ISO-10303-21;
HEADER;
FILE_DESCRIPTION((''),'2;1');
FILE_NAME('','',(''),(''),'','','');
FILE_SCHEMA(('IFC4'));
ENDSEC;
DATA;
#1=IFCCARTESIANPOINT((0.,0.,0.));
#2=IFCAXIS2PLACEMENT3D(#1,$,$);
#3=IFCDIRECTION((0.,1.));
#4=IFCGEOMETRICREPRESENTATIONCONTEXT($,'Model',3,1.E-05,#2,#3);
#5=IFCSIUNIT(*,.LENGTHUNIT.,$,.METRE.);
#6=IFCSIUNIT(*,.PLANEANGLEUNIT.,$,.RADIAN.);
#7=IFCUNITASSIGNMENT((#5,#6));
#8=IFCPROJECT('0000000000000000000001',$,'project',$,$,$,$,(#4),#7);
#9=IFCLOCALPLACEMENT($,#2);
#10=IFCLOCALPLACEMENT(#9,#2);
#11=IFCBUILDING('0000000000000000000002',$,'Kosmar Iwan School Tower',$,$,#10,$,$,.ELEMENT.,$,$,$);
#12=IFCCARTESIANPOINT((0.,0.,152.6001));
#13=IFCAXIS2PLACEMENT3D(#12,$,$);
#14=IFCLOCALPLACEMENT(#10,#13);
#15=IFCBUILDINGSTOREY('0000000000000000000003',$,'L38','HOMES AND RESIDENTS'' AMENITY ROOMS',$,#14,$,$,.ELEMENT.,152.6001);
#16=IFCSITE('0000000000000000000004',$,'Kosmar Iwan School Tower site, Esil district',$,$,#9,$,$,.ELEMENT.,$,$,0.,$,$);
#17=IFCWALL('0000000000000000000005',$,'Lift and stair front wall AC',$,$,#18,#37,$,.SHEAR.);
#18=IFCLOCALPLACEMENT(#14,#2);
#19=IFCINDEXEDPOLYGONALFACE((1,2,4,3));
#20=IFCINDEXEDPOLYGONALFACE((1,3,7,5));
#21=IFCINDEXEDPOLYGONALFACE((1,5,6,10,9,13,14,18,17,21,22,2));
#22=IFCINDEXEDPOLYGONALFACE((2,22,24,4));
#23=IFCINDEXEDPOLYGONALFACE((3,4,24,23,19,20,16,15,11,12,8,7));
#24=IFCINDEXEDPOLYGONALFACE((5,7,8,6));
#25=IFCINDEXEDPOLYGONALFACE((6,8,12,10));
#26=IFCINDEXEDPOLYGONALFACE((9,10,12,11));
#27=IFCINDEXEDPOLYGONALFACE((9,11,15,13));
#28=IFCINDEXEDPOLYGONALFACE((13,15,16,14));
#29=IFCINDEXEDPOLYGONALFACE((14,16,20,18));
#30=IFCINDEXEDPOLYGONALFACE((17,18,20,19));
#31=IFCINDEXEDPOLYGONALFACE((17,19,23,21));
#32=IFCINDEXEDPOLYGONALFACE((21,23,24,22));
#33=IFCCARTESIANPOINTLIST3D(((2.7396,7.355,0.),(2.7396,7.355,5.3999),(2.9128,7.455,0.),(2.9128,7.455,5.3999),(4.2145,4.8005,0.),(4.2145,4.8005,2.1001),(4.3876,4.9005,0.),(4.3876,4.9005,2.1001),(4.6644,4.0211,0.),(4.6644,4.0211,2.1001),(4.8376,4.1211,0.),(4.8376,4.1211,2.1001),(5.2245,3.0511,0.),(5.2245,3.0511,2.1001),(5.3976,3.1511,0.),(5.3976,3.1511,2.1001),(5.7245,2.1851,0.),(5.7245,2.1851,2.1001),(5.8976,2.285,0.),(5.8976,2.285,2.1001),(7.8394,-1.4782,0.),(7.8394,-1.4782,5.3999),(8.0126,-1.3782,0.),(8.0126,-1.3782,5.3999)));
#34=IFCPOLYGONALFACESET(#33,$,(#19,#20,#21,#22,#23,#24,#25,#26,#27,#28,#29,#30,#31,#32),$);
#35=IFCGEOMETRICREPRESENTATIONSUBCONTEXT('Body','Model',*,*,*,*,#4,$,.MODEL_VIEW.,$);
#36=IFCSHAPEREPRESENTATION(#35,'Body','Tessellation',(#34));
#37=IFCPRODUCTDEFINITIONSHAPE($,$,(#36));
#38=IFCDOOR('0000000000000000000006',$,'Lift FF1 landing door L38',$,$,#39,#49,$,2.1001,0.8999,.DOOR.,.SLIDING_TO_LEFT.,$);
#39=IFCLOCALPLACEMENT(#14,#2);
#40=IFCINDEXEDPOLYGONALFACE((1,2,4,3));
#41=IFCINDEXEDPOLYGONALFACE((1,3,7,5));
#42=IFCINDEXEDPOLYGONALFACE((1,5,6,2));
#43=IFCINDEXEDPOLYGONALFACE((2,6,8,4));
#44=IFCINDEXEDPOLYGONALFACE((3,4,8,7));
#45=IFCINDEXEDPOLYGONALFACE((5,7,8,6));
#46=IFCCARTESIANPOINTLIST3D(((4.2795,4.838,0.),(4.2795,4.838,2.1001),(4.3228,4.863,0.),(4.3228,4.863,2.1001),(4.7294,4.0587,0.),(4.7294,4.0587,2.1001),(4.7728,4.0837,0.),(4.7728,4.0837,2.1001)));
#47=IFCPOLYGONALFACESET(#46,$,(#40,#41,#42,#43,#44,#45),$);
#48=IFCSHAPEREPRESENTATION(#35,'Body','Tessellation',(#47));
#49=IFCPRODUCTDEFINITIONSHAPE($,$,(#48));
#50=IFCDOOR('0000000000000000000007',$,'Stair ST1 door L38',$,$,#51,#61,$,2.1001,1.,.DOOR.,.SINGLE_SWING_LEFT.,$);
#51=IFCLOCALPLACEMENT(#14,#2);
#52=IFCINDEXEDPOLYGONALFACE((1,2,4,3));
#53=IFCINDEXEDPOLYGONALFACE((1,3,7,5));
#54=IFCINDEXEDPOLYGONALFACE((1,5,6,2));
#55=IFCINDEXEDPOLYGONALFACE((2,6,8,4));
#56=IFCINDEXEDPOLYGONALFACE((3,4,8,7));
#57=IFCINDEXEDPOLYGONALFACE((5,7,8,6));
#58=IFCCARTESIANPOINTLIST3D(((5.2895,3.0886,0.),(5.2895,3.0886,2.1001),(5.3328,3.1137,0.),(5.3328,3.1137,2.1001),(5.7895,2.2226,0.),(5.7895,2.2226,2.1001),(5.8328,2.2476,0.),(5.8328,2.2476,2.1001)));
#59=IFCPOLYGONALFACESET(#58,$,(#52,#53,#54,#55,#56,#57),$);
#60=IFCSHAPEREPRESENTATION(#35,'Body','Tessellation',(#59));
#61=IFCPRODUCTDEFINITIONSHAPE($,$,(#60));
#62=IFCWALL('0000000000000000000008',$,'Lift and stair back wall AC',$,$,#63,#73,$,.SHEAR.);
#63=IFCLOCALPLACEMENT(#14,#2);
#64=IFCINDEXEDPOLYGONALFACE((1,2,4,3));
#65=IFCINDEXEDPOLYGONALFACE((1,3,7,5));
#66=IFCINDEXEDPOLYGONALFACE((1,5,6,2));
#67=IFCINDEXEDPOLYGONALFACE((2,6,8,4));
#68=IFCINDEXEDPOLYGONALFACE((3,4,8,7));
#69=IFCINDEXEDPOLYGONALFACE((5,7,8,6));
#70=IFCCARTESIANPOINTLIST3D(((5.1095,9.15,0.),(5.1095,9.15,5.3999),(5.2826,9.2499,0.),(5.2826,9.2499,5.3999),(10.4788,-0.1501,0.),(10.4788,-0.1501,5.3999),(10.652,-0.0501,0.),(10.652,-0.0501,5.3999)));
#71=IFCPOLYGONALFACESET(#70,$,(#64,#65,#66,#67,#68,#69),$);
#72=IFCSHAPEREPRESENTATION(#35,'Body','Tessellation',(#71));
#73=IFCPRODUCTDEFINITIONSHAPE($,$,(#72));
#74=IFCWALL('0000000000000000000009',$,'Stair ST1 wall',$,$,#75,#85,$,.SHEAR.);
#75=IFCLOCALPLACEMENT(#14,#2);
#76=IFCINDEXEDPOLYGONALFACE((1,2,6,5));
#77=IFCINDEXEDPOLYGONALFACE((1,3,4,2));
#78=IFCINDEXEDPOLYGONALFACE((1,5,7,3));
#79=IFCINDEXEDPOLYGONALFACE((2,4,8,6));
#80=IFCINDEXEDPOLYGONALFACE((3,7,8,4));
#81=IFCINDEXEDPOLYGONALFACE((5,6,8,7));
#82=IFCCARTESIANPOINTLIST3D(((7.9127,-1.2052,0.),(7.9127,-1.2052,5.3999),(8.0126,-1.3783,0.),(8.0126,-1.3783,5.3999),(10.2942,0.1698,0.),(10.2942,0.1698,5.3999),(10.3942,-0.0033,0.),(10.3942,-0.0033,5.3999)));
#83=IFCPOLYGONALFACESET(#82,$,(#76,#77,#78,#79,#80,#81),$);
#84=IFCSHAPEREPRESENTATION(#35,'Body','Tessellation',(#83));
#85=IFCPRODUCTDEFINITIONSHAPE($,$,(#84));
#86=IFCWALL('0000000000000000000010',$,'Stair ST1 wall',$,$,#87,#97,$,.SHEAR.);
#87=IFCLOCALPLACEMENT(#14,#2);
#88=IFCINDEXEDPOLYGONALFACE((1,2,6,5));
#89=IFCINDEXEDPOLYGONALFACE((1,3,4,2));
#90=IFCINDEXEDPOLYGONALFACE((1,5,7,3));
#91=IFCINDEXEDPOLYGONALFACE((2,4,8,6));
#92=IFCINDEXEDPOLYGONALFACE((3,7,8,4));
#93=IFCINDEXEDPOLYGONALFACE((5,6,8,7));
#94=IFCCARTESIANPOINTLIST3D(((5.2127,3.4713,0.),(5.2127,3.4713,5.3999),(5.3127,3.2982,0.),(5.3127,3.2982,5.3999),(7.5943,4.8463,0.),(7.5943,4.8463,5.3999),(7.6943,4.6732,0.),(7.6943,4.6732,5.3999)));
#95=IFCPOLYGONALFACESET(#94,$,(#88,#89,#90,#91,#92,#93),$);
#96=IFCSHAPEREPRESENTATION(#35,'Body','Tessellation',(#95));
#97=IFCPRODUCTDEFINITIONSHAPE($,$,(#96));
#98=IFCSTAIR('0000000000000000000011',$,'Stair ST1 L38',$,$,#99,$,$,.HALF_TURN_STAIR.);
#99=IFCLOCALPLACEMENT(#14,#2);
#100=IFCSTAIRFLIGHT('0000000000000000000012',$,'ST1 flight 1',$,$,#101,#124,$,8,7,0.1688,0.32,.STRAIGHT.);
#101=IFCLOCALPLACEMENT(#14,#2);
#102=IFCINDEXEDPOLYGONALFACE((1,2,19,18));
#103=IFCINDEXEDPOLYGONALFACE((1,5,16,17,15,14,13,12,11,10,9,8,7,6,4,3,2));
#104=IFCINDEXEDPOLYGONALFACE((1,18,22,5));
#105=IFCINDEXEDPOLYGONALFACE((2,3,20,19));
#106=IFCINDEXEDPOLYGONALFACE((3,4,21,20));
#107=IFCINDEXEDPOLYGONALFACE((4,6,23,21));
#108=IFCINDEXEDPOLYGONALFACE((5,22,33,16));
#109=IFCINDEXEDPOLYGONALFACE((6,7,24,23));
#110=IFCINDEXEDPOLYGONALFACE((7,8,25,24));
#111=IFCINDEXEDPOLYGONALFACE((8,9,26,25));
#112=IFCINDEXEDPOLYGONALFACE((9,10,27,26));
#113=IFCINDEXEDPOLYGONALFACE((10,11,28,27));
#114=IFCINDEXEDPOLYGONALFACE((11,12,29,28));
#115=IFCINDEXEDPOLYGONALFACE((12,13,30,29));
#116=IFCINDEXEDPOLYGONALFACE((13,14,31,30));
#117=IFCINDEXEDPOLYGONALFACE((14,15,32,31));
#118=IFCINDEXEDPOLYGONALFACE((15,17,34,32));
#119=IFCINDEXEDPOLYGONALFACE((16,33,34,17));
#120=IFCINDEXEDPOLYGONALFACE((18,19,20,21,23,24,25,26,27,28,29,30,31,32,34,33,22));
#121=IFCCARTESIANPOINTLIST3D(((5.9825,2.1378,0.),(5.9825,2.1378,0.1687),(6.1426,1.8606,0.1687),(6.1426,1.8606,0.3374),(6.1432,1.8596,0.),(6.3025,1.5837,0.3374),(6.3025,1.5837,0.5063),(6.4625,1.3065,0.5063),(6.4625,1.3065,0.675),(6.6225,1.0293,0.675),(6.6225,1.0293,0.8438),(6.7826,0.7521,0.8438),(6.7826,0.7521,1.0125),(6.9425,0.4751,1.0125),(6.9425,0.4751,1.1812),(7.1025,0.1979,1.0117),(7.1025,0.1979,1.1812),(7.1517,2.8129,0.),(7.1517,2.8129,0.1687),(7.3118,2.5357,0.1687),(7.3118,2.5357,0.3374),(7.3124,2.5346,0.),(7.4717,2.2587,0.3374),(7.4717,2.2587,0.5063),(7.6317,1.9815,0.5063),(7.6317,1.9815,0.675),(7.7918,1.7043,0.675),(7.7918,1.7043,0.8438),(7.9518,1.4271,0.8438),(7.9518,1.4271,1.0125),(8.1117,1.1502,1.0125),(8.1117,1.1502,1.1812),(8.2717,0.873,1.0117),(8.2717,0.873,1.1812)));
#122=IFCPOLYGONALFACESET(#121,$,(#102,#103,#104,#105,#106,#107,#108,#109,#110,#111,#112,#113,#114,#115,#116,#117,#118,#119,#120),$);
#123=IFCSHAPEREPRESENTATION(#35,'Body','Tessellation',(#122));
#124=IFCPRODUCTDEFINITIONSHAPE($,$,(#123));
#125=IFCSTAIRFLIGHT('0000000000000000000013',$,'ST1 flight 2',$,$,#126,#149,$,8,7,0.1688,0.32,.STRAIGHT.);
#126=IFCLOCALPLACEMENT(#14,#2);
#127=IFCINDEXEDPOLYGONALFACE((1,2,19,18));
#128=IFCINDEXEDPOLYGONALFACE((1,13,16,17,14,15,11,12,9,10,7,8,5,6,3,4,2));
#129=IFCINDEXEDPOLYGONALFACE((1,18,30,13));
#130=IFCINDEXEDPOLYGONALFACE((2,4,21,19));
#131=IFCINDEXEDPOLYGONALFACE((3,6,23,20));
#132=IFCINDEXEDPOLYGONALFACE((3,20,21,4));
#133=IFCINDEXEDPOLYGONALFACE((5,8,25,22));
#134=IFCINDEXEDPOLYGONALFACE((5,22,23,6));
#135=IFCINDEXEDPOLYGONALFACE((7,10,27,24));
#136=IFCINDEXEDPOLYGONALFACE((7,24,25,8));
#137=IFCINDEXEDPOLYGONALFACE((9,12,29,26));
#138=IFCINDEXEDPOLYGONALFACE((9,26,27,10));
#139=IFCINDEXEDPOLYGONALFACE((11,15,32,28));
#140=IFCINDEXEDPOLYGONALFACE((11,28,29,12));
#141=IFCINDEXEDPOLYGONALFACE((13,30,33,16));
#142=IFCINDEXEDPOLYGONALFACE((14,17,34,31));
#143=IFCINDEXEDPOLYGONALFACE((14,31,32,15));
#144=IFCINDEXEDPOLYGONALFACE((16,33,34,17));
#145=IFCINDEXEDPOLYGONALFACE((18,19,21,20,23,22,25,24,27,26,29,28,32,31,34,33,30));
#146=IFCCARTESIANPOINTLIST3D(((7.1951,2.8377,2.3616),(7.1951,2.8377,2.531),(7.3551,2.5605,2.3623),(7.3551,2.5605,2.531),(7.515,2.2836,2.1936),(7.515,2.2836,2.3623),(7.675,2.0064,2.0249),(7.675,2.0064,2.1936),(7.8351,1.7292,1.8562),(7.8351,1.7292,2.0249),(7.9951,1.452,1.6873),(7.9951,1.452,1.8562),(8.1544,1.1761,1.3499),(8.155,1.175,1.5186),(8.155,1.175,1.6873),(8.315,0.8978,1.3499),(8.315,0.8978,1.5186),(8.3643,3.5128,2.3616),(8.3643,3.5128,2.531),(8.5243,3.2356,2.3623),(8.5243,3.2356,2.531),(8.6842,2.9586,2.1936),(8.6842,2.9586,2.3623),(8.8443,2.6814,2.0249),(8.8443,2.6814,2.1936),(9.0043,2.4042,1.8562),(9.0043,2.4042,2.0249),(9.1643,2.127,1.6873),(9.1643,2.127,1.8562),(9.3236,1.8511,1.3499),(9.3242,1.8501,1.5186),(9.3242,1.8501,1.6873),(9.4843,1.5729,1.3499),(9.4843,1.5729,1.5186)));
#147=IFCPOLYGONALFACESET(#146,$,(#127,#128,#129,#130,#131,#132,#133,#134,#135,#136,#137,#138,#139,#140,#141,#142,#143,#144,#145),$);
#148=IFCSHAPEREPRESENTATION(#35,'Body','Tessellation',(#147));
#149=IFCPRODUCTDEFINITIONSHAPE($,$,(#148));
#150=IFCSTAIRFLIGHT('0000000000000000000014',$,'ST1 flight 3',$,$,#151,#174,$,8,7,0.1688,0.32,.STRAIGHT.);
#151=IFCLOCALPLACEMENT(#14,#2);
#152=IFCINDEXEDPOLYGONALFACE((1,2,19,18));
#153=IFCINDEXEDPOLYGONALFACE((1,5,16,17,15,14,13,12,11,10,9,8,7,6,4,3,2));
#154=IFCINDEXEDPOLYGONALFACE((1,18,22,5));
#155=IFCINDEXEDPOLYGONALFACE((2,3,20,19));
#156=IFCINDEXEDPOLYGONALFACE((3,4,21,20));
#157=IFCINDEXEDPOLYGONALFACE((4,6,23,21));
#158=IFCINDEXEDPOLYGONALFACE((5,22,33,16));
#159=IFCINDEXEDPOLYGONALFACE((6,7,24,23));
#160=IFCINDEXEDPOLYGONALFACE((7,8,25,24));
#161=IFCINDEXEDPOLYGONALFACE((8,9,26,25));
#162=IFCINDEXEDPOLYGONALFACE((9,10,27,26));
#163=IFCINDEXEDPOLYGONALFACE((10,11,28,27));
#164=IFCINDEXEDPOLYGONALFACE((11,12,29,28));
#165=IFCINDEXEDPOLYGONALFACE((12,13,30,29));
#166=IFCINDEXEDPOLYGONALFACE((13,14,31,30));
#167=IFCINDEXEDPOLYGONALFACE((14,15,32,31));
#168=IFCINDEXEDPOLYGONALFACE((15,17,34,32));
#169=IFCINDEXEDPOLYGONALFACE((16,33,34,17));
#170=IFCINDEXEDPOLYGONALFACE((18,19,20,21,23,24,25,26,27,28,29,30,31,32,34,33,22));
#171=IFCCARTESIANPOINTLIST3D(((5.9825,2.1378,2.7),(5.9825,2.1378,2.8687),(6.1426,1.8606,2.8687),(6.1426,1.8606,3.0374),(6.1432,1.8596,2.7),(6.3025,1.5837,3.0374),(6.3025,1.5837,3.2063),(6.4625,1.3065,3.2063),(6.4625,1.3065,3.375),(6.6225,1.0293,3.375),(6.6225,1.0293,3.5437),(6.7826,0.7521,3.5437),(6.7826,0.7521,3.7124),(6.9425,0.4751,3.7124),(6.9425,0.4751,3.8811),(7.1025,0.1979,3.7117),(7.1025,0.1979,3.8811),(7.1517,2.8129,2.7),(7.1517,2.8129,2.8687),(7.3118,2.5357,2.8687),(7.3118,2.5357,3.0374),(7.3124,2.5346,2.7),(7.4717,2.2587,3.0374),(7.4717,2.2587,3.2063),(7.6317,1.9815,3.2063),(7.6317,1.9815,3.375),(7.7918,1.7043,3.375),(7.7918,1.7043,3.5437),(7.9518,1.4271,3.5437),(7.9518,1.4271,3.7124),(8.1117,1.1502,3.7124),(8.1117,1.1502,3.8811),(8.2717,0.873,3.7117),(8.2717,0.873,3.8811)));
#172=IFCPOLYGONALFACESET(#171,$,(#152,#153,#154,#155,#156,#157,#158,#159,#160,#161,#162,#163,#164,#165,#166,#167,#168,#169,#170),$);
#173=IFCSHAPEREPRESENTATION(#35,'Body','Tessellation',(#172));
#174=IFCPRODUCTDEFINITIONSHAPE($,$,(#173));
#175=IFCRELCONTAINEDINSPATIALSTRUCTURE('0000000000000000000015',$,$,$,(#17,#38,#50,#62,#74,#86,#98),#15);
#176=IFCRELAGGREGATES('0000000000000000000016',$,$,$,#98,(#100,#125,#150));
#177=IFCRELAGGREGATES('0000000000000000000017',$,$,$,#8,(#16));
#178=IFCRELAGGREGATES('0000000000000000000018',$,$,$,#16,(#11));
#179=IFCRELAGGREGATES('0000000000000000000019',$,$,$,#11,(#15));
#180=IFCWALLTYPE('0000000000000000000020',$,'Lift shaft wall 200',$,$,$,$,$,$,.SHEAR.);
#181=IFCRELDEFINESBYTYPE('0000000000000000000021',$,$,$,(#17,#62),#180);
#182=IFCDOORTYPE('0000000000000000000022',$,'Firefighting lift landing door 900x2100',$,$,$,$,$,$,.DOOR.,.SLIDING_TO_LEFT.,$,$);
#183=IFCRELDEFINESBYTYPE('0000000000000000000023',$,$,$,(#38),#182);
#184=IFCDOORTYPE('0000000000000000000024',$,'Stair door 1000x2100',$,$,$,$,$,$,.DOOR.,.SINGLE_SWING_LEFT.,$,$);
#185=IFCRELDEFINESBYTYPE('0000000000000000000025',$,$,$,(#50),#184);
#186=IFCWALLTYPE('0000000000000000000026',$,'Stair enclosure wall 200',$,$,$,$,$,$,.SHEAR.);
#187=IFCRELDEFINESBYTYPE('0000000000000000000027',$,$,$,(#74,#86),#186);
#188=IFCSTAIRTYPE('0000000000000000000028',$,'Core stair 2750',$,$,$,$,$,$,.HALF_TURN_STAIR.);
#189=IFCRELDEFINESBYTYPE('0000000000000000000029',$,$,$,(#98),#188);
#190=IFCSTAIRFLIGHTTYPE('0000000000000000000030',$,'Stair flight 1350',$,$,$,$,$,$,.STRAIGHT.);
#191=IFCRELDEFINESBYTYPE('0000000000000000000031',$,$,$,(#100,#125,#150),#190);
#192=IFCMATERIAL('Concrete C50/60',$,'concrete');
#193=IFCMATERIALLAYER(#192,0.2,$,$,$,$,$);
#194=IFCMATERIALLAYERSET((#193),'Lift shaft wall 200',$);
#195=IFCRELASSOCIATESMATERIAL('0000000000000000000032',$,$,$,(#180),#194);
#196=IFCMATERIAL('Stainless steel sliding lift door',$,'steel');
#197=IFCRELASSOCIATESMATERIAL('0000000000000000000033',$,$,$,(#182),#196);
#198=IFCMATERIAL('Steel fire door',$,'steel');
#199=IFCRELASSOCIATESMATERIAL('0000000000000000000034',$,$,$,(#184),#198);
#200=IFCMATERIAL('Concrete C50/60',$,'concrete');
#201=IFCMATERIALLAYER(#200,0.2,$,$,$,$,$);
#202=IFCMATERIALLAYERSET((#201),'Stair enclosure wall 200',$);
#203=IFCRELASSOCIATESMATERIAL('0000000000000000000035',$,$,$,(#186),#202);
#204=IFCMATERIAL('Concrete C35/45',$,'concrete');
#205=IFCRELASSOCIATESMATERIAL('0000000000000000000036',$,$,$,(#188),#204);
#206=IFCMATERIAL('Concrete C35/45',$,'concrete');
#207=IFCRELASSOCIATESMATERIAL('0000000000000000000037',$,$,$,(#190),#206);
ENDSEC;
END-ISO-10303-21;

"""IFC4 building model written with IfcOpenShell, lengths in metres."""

from ifc_helpers import new_model, si_unit, direction, frame, frame_2d, origin, place, context, subcontext, project, spatial, polyline, rectangle, outline, extrude, material, layer, layer_set, type_object, element, fill, aggregate, save


model = new_model("IFC4")

# Units and contexts
model_context = context("Model", 3, precision=1e-05, world=origin(), true_north=direction((0.0, 1.0)))
body_context = subcontext(model_context, "Body", "Model", "MODEL_VIEW")
ifc_project = project(units=[si_unit("LENGTHUNIT", "METRE"), si_unit("PLANEANGLEUNIT", "RADIAN")], contexts=[model_context])

# Site, building, storey
site_placement = place(None, origin())
site = spatial("IfcSite", under=ifc_project, at=site_placement, Name="Kosmar Iwan School Tower site, Esil district", CompositionType="ELEMENT", RefElevation=0.0)
building_placement = place(site_placement, origin())
building = spatial("IfcBuilding", under=site, at=building_placement, Name="Kosmar Iwan School Tower", CompositionType="ELEMENT")
storey_placement = place(building_placement, frame((0.0, 0.0, 152.6001)))
storey = spatial("IfcBuildingStorey", under=building, at=storey_placement, Name="L38", Description="HOMES AND RESIDENTS' AMENITY ROOMS", CompositionType="ELEMENT", Elevation=152.6001)

# Wall, openings, doors
ifc_material_1 = material(Name="Concrete C50/60", Category="concrete")
ifc_layer_1 = layer(ifc_material_1, 0.2)
ifc_layer_set_1 = layer_set([ifc_layer_1], Name="Lift shaft wall 200")
wall_type_1 = type_object("IfcWallType", Name="Lift shaft wall 200", PredefinedType="SHEAR", material=ifc_layer_set_1)
wall_1_placement = place(storey_placement, frame((7.926, -1.4282, 0.0), z_axis=(0.0, 0.0, 1.0), x_axis=(-0.499998, 0.866027, 0.0)))
wall_1 = element("IfcWall", 1, at=wall_1_placement, inside=storey, type_object=wall_type_1, Name="Lift and stair front wall AC", PredefinedType="SHEAR", context=body_context, shape_type="SweptSolid", body=[
    extrude(rectangle(XDim=10.1997, YDim=0.2, at=frame_2d((5.0999, 0.0))), origin(), (0.0, 0.0, 1.0), 5.3999),
])
opening_1_placement = place(wall_1_placement, frame((6.3501, 0.0, 0.0)))
opening_1 = element("IfcOpeningElement", 2, at=opening_1_placement, cuts=wall_1, PredefinedType="OPENING", context=body_context, shape_type="SweptSolid", body=[
    extrude(rectangle(XDim=0.8999, YDim=2.1001, at=frame_2d((0.45, 1.05))), frame((0.0, 0.1121, 0.0), z_axis=(0.0, -1.0, 0.0), x_axis=(1.0, 0.0, 0.0)), (0.0, 0.0, 1.0), 0.2239),
])
opening_2_placement = place(wall_1_placement, frame((4.23, 0.0, 0.0)))
opening_2 = element("IfcOpeningElement", 3, at=opening_2_placement, cuts=wall_1, PredefinedType="OPENING", context=body_context, shape_type="SweptSolid", body=[
    extrude(rectangle(XDim=1.0, YDim=2.1001, at=frame_2d((0.5, 1.05))), frame((0.0, 0.1121, 0.0), z_axis=(0.0, -1.0, 0.0), x_axis=(1.0, 0.0, 0.0)), (0.0, 0.0, 1.0), 0.2239),
])
ifc_material_2 = material(Name="Stainless steel sliding lift door", Category="steel")
door_type_1 = type_object("IfcDoorType", Name="Firefighting lift landing door 900x2100", OperationType="SLIDING_TO_LEFT", PredefinedType="DOOR", material=ifc_material_2)
door_1_placement = place(opening_1_placement, origin())
door_1 = element("IfcDoor", 4, at=door_1_placement, inside=storey, type_object=door_type_1, Name="Lift FF1 landing door L38", OperationType="SLIDING_TO_LEFT", OverallHeight=2.1001, OverallWidth=0.8999, PredefinedType="DOOR", context=body_context, shape_type="SweptSolid", body=[
    extrude(rectangle(XDim=0.8999, YDim=2.1001, at=frame_2d((0.45, 1.05))), frame((0.0, 0.0249, 0.0), z_axis=(0.0, -1.0, 0.0), x_axis=(1.0, 0.0, 0.0)), (0.0, 0.0, 1.0), 0.05),
])
fill(opening_1, door_1)
ifc_material_3 = material(Name="Steel fire door", Category="steel")
door_type_2 = type_object("IfcDoorType", Name="Stair door 1000x2100", OperationType="SINGLE_SWING_LEFT", PredefinedType="DOOR", material=ifc_material_3)
door_2_placement = place(opening_2_placement, origin())
door_2 = element("IfcDoor", 5, at=door_2_placement, inside=storey, type_object=door_type_2, Name="Stair ST1 door L38", OperationType="SINGLE_SWING_LEFT", OverallHeight=2.1001, OverallWidth=1.0, PredefinedType="DOOR", context=body_context, shape_type="SweptSolid", body=[
    extrude(rectangle(XDim=1.0, YDim=2.1001, at=frame_2d((0.5, 1.05))), frame((0.0, 0.0249, 0.0), z_axis=(0.0, -1.0, 0.0), x_axis=(1.0, 0.0, 0.0)), (0.0, 0.0, 1.0), 0.05),
])
fill(opening_2, door_2)

# Walls
wall_2_placement = place(storey_placement, frame((10.5654, -0.1001, 0.0), z_axis=(0.0, 0.0, 1.0), x_axis=(-0.5, 0.866025, 0.0)))
element("IfcWall", 6, at=wall_2_placement, inside=storey, type_object=wall_type_1, Name="Lift and stair back wall AC", PredefinedType="SHEAR", context=body_context, shape_type="SweptSolid", body=[
    extrude(rectangle(XDim=10.7388, YDim=0.2, at=frame_2d((5.3694, 0.0))), origin(), (0.0, 0.0, 1.0), 5.3999),
])
ifc_material_4 = material(Name="Concrete C50/60", Category="concrete")
ifc_layer_2 = layer(ifc_material_4, 0.2)
ifc_layer_set_2 = layer_set([ifc_layer_2], Name="Stair enclosure wall 200")
wall_type_2 = type_object("IfcWallType", Name="Stair enclosure wall 200", PredefinedType="SHEAR", material=ifc_layer_set_2)
for number, where, z_axis, x_axis, name in (
    (7, (7.9626, -1.2917, 0.0), (0.0, 0.0, 1.0), (0.866027, 0.499997, 0.0), "Stair ST1 wall"),
    (8, (5.2627, 3.3848, 0.0), (0.0, 0.0, 1.0), (0.866027, 0.499997, 0.0), "Stair ST1 wall"),
):
    element("IfcWall", number, at=place(storey_placement, frame(where, z_axis=z_axis, x_axis=x_axis)), inside=storey, type_object=wall_type_2, Name=name, PredefinedType="SHEAR", context=body_context, shape_type="SweptSolid", body=[
        extrude(rectangle(XDim=2.75, YDim=0.2, at=frame_2d((1.375, 0.0))), origin(), (0.0, 0.0, 1.0), 5.3999),
    ])

# Stair, stair flights
ifc_material_5 = material(Name="Concrete C35/45", Category="concrete")
stair_type = type_object("IfcStairType", Name="Core stair 2750", PredefinedType="HALF_TURN_STAIR", material=ifc_material_5)
stair_placement = place(storey_placement, origin())
stair = element("IfcStair", 9, at=stair_placement, inside=storey, type_object=stair_type, Name="Stair ST1 L38", PredefinedType="HALF_TURN_STAIR")
ifc_material_6 = material(Name="Concrete C35/45", Category="concrete")
stair_flight_type = type_object("IfcStairFlightType", Name="Stair flight 1350", PredefinedType="STRAIGHT", material=ifc_material_6)
stair_flight_1_placement = place(storey_placement, frame((6.5671, 2.4753, 0.0), z_axis=(0.0, 0.0, 1.0), x_axis=(0.5, -0.866025, 0.0)))
stair_flight_1 = element("IfcStairFlight", 10, at=stair_flight_1_placement, type_object=stair_flight_type, Name="ST1 flight 1", NumberOfRisers=8, NumberOfTreads=7, PredefinedType="STRAIGHT", RiserHeight=0.1688, TreadLength=0.32, context=body_context, shape_type="SweptSolid", body=[
    extrude(outline(polyline([(0.0, 0.0), (0.0, 0.1687), (0.3201, 0.1687), (0.3201, 0.3374), (0.6399, 0.3374), (0.6399, 0.5063), (0.96, 0.5063), (0.96, 0.675), (1.28, 0.675), (1.28, 0.8438), (1.6001, 0.8438), (1.6001, 1.0125), (1.9199, 1.0125), (1.9199, 1.1812), (2.24, 1.1812), (2.24, 1.3501), (2.24, 1.0117), (0.3213, 0.0), (0.0, 0.0)])), frame((0.0, 0.675, 0.0), z_axis=(0.0, -1.0, 0.0), x_axis=(1.0, 0.0, 0.0)), (0.0, 0.0, 1.0), 1.3501),
])
stair_flight_2_placement = place(storey_placement, frame((8.8997, 1.2354, 1.3499), z_axis=(0.0, 0.0, 1.0), x_axis=(-0.5, 0.866025, 0.0)))
stair_flight_2 = element("IfcStairFlight", 11, at=stair_flight_2_placement, type_object=stair_flight_type, Name="ST1 flight 2", NumberOfRisers=8, NumberOfTreads=7, PredefinedType="STRAIGHT", RiserHeight=0.1688, TreadLength=0.32, context=body_context, shape_type="SweptSolid", body=[
    extrude(outline(polyline([(0.0, 0.0), (0.0, 0.1687), (0.3201, 0.1687), (0.3201, 0.3374), (0.6399, 0.3374), (0.6399, 0.5063), (0.96, 0.5063), (0.96, 0.675), (1.28, 0.675), (1.28, 0.8438), (1.6001, 0.8438), (1.6001, 1.0125), (1.9199, 1.0125), (1.9199, 1.1812), (2.24, 1.1812), (2.24, 1.3501), (2.24, 1.0117), (0.3213, 0.0), (0.0, 0.0)])), frame((0.0, 0.675, 0.0), z_axis=(0.0, -1.0, 0.0), x_axis=(1.0, 0.0, 0.0)), (0.0, 0.0, 1.0), 1.3501),
])
stair_flight_3_placement = place(storey_placement, frame((6.5671, 2.4753, 2.7), z_axis=(0.0, 0.0, 1.0), x_axis=(0.5, -0.866025, 0.0)))
stair_flight_3 = element("IfcStairFlight", 12, at=stair_flight_3_placement, type_object=stair_flight_type, Name="ST1 flight 3", NumberOfRisers=8, NumberOfTreads=7, PredefinedType="STRAIGHT", RiserHeight=0.1688, TreadLength=0.32, context=body_context, shape_type="SweptSolid", body=[
    extrude(outline(polyline([(0.0, 0.0), (0.0, 0.1687), (0.3201, 0.1687), (0.3201, 0.3374), (0.6399, 0.3374), (0.6399, 0.5063), (0.96, 0.5063), (0.96, 0.675), (1.28, 0.675), (1.28, 0.8438), (1.6001, 0.8438), (1.6001, 1.0125), (1.9199, 1.0125), (1.9199, 1.1812), (2.24, 1.1812), (2.24, 1.3501), (2.24, 1.0117), (0.3213, 0.0), (0.0, 0.0)])), frame((0.0, 0.675, 0.0), z_axis=(0.0, -1.0, 0.0), x_axis=(1.0, 0.0, 0.0)), (0.0, 0.0, 1.0), 1.3501),
])
aggregate(stair, [stair_flight_1, stair_flight_2, stair_flight_3])

save(model, "model.ifc")
